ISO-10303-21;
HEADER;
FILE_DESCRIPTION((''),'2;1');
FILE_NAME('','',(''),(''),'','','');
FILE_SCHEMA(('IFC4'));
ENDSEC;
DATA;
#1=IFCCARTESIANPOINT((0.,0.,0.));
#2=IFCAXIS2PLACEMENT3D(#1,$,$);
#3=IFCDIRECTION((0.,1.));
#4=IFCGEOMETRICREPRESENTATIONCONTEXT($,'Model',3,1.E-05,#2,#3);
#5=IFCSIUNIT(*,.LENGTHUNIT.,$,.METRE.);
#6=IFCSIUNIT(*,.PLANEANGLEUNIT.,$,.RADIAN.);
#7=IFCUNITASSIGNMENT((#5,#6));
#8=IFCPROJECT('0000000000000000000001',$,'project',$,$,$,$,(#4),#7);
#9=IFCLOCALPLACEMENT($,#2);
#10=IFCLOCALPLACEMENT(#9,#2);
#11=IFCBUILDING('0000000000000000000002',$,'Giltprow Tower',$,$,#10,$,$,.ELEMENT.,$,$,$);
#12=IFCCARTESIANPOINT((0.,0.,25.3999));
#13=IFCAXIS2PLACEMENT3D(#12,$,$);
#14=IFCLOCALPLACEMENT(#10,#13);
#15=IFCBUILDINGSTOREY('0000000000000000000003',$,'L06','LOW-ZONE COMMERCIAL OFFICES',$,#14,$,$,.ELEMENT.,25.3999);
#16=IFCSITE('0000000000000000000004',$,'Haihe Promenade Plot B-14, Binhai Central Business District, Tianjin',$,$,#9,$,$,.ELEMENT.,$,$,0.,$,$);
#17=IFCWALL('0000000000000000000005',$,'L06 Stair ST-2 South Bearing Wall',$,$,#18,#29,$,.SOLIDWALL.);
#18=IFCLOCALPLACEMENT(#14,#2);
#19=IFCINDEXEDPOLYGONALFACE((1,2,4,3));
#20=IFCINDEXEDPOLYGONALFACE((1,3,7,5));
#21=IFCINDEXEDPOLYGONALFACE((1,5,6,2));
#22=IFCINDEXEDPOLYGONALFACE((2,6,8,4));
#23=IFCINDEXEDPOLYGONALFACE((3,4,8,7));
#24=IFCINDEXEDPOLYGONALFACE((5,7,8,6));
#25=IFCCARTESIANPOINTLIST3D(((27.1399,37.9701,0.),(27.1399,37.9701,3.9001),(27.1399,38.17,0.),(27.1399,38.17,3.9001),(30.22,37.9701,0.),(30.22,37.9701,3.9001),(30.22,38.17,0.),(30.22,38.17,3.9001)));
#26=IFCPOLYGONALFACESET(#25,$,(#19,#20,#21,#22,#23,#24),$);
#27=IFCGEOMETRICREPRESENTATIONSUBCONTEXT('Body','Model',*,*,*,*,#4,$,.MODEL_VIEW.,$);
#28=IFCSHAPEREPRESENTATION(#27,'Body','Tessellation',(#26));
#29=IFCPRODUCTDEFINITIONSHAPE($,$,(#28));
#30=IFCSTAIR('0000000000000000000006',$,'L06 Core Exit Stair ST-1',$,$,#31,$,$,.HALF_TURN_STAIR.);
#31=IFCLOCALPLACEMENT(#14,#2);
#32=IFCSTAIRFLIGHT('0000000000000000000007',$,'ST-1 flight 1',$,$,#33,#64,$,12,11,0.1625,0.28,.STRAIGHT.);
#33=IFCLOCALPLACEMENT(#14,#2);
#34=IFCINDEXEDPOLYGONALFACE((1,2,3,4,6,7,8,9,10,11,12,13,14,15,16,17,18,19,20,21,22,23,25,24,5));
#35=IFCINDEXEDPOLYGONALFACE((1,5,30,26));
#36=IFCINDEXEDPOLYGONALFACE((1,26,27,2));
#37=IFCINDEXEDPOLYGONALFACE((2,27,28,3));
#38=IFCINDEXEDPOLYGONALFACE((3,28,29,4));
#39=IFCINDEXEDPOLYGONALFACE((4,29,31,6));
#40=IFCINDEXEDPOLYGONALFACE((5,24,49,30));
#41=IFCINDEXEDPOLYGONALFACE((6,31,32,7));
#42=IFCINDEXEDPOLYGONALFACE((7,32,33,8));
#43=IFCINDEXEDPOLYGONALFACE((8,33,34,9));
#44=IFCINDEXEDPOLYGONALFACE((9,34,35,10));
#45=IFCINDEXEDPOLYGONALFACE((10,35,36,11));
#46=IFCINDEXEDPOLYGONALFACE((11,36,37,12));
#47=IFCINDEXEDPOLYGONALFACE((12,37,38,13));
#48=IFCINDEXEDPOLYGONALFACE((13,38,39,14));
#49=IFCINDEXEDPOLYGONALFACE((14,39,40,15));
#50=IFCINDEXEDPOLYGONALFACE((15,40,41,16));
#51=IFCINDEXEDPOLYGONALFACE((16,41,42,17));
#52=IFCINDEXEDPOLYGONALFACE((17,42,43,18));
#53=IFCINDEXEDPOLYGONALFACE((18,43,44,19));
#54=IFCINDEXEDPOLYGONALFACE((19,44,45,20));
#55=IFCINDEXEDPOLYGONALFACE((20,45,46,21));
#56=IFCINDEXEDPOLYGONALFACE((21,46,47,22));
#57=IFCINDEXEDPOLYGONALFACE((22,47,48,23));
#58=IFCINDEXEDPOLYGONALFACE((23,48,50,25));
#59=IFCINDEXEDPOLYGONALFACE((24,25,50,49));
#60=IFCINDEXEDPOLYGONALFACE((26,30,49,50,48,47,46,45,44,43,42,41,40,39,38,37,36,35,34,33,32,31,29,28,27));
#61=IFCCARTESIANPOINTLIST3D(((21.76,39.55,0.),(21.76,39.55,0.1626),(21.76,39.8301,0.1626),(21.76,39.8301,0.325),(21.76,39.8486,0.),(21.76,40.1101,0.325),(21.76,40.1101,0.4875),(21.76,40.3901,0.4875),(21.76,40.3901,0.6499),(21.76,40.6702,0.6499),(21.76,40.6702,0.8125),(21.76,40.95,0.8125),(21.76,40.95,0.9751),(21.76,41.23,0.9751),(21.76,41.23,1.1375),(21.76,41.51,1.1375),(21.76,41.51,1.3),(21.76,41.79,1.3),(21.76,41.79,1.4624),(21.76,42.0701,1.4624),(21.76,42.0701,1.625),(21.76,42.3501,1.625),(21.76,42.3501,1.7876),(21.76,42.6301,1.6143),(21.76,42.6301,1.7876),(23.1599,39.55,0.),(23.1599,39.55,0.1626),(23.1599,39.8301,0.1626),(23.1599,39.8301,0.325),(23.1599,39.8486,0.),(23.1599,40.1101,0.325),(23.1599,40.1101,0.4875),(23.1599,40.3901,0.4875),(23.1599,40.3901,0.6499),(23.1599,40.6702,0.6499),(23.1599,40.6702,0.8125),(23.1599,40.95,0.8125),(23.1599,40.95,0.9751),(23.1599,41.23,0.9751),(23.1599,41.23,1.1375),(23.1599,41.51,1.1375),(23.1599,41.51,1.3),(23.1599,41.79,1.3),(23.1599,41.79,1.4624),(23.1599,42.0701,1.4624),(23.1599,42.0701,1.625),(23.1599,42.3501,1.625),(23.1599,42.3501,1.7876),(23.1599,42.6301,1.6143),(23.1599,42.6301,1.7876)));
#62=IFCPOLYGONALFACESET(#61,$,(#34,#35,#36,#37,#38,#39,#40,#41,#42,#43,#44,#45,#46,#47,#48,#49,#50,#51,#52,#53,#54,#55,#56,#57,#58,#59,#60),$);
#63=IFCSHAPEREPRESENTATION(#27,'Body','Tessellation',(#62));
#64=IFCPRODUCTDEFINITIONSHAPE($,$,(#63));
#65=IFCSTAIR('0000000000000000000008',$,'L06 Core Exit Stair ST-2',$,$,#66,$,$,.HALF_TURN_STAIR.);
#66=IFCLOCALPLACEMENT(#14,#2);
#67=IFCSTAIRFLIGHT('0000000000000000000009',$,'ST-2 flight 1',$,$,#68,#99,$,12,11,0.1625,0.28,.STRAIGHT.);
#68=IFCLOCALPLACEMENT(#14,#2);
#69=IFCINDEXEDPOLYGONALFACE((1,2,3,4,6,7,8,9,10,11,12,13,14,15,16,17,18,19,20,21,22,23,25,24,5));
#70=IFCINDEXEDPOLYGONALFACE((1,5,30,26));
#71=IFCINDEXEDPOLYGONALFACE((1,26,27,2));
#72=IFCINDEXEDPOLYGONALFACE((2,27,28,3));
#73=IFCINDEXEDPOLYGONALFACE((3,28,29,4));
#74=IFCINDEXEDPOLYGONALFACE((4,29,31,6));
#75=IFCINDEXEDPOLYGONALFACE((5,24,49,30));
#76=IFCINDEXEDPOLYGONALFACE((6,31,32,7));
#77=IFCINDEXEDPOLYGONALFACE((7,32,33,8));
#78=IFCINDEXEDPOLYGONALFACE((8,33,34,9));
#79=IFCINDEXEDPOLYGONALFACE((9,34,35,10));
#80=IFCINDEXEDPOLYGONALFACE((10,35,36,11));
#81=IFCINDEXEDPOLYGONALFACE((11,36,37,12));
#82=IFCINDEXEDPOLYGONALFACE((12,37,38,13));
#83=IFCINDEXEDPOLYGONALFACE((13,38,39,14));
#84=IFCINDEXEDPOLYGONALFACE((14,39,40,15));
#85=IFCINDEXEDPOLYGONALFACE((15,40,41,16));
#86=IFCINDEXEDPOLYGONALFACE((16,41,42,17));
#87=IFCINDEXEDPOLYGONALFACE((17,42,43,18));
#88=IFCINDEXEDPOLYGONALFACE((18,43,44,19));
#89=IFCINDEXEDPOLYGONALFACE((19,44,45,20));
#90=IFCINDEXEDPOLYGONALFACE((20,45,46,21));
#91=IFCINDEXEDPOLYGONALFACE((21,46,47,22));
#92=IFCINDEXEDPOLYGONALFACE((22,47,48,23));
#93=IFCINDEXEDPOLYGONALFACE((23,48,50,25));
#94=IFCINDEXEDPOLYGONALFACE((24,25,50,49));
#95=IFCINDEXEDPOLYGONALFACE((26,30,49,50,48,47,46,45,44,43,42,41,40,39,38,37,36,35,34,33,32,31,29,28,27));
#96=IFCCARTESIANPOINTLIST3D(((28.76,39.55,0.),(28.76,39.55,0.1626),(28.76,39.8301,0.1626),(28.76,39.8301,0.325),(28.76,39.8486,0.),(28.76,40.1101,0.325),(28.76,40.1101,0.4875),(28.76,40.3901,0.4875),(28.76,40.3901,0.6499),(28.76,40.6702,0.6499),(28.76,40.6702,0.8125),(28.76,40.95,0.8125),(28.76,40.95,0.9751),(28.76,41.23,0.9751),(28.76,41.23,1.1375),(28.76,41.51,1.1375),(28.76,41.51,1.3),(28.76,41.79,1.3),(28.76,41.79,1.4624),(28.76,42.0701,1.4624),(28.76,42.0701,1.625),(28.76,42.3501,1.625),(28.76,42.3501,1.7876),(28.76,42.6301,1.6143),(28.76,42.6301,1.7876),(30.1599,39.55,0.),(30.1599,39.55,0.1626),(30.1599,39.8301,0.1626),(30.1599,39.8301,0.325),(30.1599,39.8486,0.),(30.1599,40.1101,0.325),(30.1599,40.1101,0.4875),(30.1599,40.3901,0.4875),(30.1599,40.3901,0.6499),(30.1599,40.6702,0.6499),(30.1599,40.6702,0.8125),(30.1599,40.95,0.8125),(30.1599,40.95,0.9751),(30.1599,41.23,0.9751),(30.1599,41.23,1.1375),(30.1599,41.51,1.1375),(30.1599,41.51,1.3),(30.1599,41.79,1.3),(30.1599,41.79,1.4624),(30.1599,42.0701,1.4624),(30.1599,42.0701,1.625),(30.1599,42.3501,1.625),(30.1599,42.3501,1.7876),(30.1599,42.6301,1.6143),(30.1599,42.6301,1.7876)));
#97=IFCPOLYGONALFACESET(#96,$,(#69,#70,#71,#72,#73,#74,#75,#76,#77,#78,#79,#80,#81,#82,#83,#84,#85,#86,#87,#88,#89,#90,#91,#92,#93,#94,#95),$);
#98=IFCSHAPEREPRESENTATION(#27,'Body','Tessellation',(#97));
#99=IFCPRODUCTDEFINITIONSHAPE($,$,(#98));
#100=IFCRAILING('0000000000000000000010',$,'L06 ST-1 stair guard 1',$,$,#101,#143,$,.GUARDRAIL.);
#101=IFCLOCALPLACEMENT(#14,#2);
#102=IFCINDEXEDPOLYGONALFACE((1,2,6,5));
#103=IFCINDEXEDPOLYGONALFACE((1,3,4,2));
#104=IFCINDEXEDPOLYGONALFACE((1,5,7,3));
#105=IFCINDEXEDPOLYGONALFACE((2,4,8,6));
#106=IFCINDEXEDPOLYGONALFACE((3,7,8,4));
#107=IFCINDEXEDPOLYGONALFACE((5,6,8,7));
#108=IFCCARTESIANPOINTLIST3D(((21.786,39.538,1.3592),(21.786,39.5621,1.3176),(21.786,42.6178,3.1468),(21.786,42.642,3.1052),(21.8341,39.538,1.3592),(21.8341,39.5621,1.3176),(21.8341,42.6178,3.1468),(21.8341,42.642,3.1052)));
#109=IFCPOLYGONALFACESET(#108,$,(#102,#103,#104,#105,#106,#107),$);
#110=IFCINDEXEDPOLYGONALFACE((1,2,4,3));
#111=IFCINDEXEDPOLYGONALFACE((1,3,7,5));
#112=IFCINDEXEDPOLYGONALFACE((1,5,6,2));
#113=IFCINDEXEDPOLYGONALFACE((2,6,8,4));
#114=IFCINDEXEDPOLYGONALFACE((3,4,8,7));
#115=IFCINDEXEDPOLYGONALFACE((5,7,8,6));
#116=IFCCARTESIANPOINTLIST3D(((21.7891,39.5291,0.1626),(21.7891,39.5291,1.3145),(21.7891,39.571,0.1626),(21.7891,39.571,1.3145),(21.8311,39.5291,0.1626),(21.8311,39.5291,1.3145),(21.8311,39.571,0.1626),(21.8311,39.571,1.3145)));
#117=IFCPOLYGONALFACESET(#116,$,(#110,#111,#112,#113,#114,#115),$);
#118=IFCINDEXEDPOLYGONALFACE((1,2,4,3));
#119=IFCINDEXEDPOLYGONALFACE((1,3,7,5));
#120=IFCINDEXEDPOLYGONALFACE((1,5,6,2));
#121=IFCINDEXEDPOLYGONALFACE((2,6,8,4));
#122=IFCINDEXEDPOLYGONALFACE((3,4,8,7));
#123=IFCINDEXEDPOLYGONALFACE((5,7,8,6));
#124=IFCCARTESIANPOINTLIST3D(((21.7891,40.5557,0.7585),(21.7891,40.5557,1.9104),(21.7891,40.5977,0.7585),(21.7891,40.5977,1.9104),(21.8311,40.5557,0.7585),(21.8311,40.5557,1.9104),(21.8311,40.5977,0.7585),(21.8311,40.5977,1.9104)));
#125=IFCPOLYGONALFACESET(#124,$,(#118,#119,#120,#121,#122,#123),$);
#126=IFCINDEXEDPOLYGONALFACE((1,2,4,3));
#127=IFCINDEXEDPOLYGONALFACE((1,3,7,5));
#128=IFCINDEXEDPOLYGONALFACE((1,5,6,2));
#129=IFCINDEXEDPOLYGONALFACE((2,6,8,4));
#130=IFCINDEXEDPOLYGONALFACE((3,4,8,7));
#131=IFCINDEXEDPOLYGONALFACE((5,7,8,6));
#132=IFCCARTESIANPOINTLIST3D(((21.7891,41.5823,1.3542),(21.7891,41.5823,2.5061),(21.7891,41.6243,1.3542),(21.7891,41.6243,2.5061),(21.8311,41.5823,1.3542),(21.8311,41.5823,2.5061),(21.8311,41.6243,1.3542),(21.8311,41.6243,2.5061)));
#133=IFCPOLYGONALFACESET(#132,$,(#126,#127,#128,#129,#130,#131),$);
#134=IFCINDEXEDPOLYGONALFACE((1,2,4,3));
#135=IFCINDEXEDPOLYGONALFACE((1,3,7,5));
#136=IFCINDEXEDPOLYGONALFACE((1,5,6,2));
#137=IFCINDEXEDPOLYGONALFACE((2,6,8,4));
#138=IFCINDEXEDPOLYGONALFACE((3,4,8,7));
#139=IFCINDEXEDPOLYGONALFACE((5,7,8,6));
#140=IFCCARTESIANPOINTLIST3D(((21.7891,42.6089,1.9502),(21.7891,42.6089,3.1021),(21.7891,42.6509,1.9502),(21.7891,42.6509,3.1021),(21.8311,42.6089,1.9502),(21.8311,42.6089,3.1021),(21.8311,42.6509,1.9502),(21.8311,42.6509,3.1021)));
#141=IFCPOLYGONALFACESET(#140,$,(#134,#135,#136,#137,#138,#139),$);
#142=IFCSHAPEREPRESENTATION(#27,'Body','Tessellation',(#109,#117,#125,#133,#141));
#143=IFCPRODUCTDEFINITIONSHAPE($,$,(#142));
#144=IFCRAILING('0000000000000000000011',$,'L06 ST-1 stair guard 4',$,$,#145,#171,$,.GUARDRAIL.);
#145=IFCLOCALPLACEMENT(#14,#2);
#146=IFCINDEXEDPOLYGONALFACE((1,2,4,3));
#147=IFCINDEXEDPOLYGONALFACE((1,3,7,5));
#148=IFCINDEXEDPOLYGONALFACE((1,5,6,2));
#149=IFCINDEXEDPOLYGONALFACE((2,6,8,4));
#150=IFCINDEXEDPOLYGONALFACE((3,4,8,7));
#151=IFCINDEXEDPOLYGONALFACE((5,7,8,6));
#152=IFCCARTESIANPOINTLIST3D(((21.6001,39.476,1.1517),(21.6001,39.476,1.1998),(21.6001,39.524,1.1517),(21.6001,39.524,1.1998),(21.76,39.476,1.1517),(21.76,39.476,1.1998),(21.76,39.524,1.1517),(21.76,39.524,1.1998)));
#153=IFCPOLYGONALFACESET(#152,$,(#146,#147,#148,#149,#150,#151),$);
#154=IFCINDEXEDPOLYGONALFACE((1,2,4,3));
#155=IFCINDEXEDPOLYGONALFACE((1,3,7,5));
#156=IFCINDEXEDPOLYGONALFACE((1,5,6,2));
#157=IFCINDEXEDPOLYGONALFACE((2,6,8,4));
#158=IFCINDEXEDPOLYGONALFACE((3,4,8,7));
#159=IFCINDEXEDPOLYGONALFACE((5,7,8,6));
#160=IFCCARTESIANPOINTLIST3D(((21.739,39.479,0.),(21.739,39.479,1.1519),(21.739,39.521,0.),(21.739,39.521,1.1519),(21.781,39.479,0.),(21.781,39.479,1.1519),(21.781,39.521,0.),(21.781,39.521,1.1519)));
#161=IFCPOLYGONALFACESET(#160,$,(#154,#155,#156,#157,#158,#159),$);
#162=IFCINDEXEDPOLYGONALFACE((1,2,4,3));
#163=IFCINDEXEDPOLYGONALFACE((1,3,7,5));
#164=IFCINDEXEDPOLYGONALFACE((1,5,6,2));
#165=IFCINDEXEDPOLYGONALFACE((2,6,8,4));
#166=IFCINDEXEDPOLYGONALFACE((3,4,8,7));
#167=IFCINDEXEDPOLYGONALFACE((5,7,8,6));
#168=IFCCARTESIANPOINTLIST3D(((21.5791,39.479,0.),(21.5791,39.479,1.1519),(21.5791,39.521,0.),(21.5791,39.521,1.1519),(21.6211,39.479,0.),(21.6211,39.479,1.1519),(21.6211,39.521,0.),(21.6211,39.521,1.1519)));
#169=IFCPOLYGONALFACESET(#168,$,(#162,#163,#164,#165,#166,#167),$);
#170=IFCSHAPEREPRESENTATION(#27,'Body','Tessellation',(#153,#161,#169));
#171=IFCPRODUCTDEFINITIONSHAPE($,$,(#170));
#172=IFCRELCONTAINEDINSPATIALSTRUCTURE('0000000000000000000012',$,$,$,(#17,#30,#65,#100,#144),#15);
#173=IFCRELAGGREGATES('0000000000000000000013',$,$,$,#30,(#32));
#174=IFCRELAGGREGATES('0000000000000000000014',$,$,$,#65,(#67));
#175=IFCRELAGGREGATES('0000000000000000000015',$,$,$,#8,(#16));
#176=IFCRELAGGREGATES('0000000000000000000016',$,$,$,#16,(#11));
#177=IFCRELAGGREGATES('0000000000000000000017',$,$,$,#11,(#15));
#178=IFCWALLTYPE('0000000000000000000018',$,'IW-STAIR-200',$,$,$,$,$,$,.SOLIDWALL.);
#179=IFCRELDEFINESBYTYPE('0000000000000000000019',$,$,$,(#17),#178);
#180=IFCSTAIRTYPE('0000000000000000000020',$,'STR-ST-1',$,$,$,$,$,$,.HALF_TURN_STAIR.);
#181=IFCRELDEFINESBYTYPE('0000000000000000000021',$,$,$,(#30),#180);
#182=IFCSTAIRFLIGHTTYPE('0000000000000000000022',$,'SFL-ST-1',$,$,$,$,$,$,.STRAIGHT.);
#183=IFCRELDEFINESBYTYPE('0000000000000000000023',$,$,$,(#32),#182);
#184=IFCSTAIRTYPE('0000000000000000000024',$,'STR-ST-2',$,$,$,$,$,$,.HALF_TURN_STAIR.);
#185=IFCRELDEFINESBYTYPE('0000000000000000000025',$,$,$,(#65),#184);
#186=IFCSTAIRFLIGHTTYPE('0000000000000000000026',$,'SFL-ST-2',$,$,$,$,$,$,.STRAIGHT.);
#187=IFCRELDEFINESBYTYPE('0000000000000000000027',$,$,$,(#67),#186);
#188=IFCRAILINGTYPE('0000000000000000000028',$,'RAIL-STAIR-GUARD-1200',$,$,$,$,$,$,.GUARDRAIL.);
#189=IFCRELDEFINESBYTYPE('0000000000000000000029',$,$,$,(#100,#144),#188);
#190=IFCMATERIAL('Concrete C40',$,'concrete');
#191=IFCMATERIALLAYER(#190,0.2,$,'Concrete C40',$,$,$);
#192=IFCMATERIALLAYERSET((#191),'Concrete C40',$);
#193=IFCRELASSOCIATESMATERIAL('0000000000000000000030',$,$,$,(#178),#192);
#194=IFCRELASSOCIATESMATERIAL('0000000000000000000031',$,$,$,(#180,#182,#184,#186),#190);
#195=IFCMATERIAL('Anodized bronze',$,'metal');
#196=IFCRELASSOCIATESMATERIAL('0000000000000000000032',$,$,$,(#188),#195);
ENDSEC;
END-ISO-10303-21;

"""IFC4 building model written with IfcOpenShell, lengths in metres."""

from ifc_helpers import new_model, si_unit, direction, frame, frame_2d, origin, origin_2d, place, context, subcontext, project, spatial, polyline, rectangle, outline, extrude, material, layer, layer_set, type_object, element, aggregate, save


model = new_model("IFC4")

# Units and contexts
model_context = context("Model", 3, precision=1e-05, world=origin(), true_north=direction((0.0, 1.0)))
body_context = subcontext(model_context, "Body", "Model", "MODEL_VIEW")
ifc_project = project(units=[si_unit("LENGTHUNIT", "METRE"), si_unit("PLANEANGLEUNIT", "RADIAN")], contexts=[model_context])

# Site, building, storey
site_placement = place(None, origin())
site = spatial("IfcSite", under=ifc_project, at=site_placement, Name="Haihe Promenade Plot B-14, Binhai Central Business District, Tianjin", CompositionType="ELEMENT", RefElevation=0.0)
building_placement = place(site_placement, origin())
building = spatial("IfcBuilding", under=site, at=building_placement, Name="Giltprow Tower", CompositionType="ELEMENT")
storey_placement = place(building_placement, frame((0.0, 0.0, 25.3999)))
storey = spatial("IfcBuildingStorey", under=building, at=storey_placement, Name="L06", Description="LOW-ZONE COMMERCIAL OFFICES", CompositionType="ELEMENT", Elevation=25.3999)

# Shared definitions
ifc_material_1 = material(Name="Concrete C40", Category="concrete")
ifc_layer_1 = layer(ifc_material_1, 0.2, Name="Concrete C40")
ifc_layer_set_1 = layer_set([ifc_layer_1], Name="Concrete C40")
wall_type_1 = type_object("IfcWallType", Name="IW-STAIR-200", PredefinedType="SOLIDWALL", material=ifc_layer_set_1)

# Wall
wall_1_placement = place(storey_placement, frame((27.1399, 38.0701, 0.0), z_axis=(0.0, 0.0, 1.0), x_axis=(1.0, 0.0, 0.0)))
element("IfcWall", 1, at=wall_1_placement, inside=storey, type_object=wall_type_1, Name="L06 Stair ST-2 South Bearing Wall", PredefinedType="SOLIDWALL", context=body_context, shape_type="SweptSolid", body=[
    extrude(rectangle(XDim=3.0801, YDim=0.2, at=frame_2d((1.54, 0.0))), origin(), (0.0, 0.0, 1.0), 3.9001),
])

# Stairs, stair flights
stair_type_1 = type_object("IfcStairType", Name="STR-ST-1", PredefinedType="HALF_TURN_STAIR", material=ifc_material_1)
stair_1_placement = place(storey_placement, origin())
stair_1 = element("IfcStair", 2, at=stair_1_placement, inside=storey, type_object=stair_type_1, Name="L06 Core Exit Stair ST-1", PredefinedType="HALF_TURN_STAIR")
stair_flight_type_1 = type_object("IfcStairFlightType", Name="SFL-ST-1", PredefinedType="STRAIGHT", material=ifc_material_1)
stair_flight_1_placement = place(storey_placement, frame((22.46, 39.55, 0.0), z_axis=(0.0, 0.0, 1.0), x_axis=(0.0, 1.0, 0.0)))
stair_flight_1 = element("IfcStairFlight", 3, at=stair_flight_1_placement, type_object=stair_flight_type_1, Name="ST-1 flight 1", NumberOfRisers=12, NumberOfTreads=11, PredefinedType="STRAIGHT", RiserHeight=0.1625, TreadLength=0.28, context=body_context, shape_type="SweptSolid", body=[
    extrude(outline(polyline([(0.0, 0.0), (0.0, 0.1626), (0.28, 0.1626), (0.28, 0.325), (0.5601, 0.325), (0.5601, 0.4875), (0.8401, 0.4875), (0.8401, 0.6499), (1.1201, 0.6499), (1.1201, 0.8125), (1.3999, 0.8125), (1.3999, 0.9751), (1.6799, 0.9751), (1.6799, 1.1375), (1.96, 1.1375), (1.96, 1.3), (2.24, 1.3), (2.24, 1.4624), (2.52, 1.4624), (2.52, 1.625), (2.8, 1.625), (2.8, 1.7876), (3.0801, 1.7876), (3.0801, 1.95), (3.0801, 1.6143), (0.2986, 0.0), (0.0, 0.0)])), frame((0.0, 0.7, 0.0), z_axis=(0.0, -1.0, 0.0), x_axis=(1.0, 0.0, 0.0)), (0.0, 0.0, 1.0), 1.3999),
])
aggregate(stair_1, [stair_flight_1])
stair_type_2 = type_object("IfcStairType", Name="STR-ST-2", PredefinedType="HALF_TURN_STAIR", material=ifc_material_1)
stair_2_placement = place(storey_placement, origin())
stair_2 = element("IfcStair", 4, at=stair_2_placement, inside=storey, type_object=stair_type_2, Name="L06 Core Exit Stair ST-2", PredefinedType="HALF_TURN_STAIR")
stair_flight_type_2 = type_object("IfcStairFlightType", Name="SFL-ST-2", PredefinedType="STRAIGHT", material=ifc_material_1)
stair_flight_2_placement = place(storey_placement, frame((29.46, 39.55, 0.0), z_axis=(0.0, 0.0, 1.0), x_axis=(0.0, 1.0, 0.0)))
stair_flight_2 = element("IfcStairFlight", 5, at=stair_flight_2_placement, type_object=stair_flight_type_2, Name="ST-2 flight 1", NumberOfRisers=12, NumberOfTreads=11, PredefinedType="STRAIGHT", RiserHeight=0.1625, TreadLength=0.28, context=body_context, shape_type="SweptSolid", body=[
    extrude(outline(polyline([(0.0, 0.0), (0.0, 0.1626), (0.28, 0.1626), (0.28, 0.325), (0.5601, 0.325), (0.5601, 0.4875), (0.8401, 0.4875), (0.8401, 0.6499), (1.1201, 0.6499), (1.1201, 0.8125), (1.3999, 0.8125), (1.3999, 0.9751), (1.6799, 0.9751), (1.6799, 1.1375), (1.96, 1.1375), (1.96, 1.3), (2.24, 1.3), (2.24, 1.4624), (2.52, 1.4624), (2.52, 1.625), (2.8, 1.625), (2.8, 1.7876), (3.0801, 1.7876), (3.0801, 1.95), (3.0801, 1.6143), (0.2986, 0.0), (0.0, 0.0)])), frame((0.0, 0.7, 0.0), z_axis=(0.0, -1.0, 0.0), x_axis=(1.0, 0.0, 0.0)), (0.0, 0.0, 1.0), 1.3999),
])
aggregate(stair_2, [stair_flight_2])

# Railings
ifc_material_2 = material(Name="Anodized bronze", Category="metal")
railing_type_1 = type_object("IfcRailingType", Name="RAIL-STAIR-GUARD-1200", PredefinedType="GUARDRAIL", material=ifc_material_2)
railing_1_placement = place(storey_placement, frame((21.8101, 39.55, 0.1626)))
element("IfcRailing", 6, at=railing_1_placement, inside=storey, type_object=railing_type_1, Name="L06 ST-1 stair guard 1", PredefinedType="GUARDRAIL", context=body_context, shape_type="SweptSolid", body=[
    extrude(rectangle(XDim=0.0481, YDim=0.0481, at=origin_2d()), frame((0.0, 0.0, 1.1758), z_axis=(0.0, 0.864873, 0.50199), x_axis=(-1.0, 0.0, 0.0)), (0.0, 0.0, 1.0), 3.561),
    extrude(rectangle(XDim=0.042, YDim=0.042, at=origin_2d()), origin(), (0.0, 0.0, 1.0), 1.1519),
    extrude(rectangle(XDim=0.042, YDim=0.042, at=origin_2d()), frame((0.0, 1.0266, 0.5959)), (0.0, 0.0, 1.0), 1.1519),
    extrude(rectangle(XDim=0.042, YDim=0.042, at=origin_2d()), frame((0.0, 2.0532, 1.1917)), (0.0, 0.0, 1.0), 1.1519),
    extrude(rectangle(XDim=0.042, YDim=0.042, at=origin_2d()), frame((0.0, 3.0798, 1.7876)), (0.0, 0.0, 1.0), 1.1519),
])
railing_2_placement = place(storey_placement, frame((21.76, 39.5, 0.0)))
element("IfcRailing", 7, at=railing_2_placement, inside=storey, type_object=railing_type_1, Name="L06 ST-1 stair guard 4", PredefinedType="GUARDRAIL", context=body_context, shape_type="SweptSolid", body=[
    extrude(rectangle(XDim=0.0481, YDim=0.0481, at=origin_2d()), frame((0.0, 0.0, 1.1758), z_axis=(-1.0, 0.0, 0.0), x_axis=(0.0, -1.0, 0.0)), (0.0, 0.0, 1.0), 0.1599),
    extrude(rectangle(XDim=0.042, YDim=0.042, at=origin_2d()), origin(), (0.0, 0.0, 1.0), 1.1519),
    extrude(rectangle(XDim=0.042, YDim=0.042, at=origin_2d()), frame((-0.1599, 0.0, 0.0)), (0.0, 0.0, 1.0), 1.1519),
])

save(model, "model.ifc")
